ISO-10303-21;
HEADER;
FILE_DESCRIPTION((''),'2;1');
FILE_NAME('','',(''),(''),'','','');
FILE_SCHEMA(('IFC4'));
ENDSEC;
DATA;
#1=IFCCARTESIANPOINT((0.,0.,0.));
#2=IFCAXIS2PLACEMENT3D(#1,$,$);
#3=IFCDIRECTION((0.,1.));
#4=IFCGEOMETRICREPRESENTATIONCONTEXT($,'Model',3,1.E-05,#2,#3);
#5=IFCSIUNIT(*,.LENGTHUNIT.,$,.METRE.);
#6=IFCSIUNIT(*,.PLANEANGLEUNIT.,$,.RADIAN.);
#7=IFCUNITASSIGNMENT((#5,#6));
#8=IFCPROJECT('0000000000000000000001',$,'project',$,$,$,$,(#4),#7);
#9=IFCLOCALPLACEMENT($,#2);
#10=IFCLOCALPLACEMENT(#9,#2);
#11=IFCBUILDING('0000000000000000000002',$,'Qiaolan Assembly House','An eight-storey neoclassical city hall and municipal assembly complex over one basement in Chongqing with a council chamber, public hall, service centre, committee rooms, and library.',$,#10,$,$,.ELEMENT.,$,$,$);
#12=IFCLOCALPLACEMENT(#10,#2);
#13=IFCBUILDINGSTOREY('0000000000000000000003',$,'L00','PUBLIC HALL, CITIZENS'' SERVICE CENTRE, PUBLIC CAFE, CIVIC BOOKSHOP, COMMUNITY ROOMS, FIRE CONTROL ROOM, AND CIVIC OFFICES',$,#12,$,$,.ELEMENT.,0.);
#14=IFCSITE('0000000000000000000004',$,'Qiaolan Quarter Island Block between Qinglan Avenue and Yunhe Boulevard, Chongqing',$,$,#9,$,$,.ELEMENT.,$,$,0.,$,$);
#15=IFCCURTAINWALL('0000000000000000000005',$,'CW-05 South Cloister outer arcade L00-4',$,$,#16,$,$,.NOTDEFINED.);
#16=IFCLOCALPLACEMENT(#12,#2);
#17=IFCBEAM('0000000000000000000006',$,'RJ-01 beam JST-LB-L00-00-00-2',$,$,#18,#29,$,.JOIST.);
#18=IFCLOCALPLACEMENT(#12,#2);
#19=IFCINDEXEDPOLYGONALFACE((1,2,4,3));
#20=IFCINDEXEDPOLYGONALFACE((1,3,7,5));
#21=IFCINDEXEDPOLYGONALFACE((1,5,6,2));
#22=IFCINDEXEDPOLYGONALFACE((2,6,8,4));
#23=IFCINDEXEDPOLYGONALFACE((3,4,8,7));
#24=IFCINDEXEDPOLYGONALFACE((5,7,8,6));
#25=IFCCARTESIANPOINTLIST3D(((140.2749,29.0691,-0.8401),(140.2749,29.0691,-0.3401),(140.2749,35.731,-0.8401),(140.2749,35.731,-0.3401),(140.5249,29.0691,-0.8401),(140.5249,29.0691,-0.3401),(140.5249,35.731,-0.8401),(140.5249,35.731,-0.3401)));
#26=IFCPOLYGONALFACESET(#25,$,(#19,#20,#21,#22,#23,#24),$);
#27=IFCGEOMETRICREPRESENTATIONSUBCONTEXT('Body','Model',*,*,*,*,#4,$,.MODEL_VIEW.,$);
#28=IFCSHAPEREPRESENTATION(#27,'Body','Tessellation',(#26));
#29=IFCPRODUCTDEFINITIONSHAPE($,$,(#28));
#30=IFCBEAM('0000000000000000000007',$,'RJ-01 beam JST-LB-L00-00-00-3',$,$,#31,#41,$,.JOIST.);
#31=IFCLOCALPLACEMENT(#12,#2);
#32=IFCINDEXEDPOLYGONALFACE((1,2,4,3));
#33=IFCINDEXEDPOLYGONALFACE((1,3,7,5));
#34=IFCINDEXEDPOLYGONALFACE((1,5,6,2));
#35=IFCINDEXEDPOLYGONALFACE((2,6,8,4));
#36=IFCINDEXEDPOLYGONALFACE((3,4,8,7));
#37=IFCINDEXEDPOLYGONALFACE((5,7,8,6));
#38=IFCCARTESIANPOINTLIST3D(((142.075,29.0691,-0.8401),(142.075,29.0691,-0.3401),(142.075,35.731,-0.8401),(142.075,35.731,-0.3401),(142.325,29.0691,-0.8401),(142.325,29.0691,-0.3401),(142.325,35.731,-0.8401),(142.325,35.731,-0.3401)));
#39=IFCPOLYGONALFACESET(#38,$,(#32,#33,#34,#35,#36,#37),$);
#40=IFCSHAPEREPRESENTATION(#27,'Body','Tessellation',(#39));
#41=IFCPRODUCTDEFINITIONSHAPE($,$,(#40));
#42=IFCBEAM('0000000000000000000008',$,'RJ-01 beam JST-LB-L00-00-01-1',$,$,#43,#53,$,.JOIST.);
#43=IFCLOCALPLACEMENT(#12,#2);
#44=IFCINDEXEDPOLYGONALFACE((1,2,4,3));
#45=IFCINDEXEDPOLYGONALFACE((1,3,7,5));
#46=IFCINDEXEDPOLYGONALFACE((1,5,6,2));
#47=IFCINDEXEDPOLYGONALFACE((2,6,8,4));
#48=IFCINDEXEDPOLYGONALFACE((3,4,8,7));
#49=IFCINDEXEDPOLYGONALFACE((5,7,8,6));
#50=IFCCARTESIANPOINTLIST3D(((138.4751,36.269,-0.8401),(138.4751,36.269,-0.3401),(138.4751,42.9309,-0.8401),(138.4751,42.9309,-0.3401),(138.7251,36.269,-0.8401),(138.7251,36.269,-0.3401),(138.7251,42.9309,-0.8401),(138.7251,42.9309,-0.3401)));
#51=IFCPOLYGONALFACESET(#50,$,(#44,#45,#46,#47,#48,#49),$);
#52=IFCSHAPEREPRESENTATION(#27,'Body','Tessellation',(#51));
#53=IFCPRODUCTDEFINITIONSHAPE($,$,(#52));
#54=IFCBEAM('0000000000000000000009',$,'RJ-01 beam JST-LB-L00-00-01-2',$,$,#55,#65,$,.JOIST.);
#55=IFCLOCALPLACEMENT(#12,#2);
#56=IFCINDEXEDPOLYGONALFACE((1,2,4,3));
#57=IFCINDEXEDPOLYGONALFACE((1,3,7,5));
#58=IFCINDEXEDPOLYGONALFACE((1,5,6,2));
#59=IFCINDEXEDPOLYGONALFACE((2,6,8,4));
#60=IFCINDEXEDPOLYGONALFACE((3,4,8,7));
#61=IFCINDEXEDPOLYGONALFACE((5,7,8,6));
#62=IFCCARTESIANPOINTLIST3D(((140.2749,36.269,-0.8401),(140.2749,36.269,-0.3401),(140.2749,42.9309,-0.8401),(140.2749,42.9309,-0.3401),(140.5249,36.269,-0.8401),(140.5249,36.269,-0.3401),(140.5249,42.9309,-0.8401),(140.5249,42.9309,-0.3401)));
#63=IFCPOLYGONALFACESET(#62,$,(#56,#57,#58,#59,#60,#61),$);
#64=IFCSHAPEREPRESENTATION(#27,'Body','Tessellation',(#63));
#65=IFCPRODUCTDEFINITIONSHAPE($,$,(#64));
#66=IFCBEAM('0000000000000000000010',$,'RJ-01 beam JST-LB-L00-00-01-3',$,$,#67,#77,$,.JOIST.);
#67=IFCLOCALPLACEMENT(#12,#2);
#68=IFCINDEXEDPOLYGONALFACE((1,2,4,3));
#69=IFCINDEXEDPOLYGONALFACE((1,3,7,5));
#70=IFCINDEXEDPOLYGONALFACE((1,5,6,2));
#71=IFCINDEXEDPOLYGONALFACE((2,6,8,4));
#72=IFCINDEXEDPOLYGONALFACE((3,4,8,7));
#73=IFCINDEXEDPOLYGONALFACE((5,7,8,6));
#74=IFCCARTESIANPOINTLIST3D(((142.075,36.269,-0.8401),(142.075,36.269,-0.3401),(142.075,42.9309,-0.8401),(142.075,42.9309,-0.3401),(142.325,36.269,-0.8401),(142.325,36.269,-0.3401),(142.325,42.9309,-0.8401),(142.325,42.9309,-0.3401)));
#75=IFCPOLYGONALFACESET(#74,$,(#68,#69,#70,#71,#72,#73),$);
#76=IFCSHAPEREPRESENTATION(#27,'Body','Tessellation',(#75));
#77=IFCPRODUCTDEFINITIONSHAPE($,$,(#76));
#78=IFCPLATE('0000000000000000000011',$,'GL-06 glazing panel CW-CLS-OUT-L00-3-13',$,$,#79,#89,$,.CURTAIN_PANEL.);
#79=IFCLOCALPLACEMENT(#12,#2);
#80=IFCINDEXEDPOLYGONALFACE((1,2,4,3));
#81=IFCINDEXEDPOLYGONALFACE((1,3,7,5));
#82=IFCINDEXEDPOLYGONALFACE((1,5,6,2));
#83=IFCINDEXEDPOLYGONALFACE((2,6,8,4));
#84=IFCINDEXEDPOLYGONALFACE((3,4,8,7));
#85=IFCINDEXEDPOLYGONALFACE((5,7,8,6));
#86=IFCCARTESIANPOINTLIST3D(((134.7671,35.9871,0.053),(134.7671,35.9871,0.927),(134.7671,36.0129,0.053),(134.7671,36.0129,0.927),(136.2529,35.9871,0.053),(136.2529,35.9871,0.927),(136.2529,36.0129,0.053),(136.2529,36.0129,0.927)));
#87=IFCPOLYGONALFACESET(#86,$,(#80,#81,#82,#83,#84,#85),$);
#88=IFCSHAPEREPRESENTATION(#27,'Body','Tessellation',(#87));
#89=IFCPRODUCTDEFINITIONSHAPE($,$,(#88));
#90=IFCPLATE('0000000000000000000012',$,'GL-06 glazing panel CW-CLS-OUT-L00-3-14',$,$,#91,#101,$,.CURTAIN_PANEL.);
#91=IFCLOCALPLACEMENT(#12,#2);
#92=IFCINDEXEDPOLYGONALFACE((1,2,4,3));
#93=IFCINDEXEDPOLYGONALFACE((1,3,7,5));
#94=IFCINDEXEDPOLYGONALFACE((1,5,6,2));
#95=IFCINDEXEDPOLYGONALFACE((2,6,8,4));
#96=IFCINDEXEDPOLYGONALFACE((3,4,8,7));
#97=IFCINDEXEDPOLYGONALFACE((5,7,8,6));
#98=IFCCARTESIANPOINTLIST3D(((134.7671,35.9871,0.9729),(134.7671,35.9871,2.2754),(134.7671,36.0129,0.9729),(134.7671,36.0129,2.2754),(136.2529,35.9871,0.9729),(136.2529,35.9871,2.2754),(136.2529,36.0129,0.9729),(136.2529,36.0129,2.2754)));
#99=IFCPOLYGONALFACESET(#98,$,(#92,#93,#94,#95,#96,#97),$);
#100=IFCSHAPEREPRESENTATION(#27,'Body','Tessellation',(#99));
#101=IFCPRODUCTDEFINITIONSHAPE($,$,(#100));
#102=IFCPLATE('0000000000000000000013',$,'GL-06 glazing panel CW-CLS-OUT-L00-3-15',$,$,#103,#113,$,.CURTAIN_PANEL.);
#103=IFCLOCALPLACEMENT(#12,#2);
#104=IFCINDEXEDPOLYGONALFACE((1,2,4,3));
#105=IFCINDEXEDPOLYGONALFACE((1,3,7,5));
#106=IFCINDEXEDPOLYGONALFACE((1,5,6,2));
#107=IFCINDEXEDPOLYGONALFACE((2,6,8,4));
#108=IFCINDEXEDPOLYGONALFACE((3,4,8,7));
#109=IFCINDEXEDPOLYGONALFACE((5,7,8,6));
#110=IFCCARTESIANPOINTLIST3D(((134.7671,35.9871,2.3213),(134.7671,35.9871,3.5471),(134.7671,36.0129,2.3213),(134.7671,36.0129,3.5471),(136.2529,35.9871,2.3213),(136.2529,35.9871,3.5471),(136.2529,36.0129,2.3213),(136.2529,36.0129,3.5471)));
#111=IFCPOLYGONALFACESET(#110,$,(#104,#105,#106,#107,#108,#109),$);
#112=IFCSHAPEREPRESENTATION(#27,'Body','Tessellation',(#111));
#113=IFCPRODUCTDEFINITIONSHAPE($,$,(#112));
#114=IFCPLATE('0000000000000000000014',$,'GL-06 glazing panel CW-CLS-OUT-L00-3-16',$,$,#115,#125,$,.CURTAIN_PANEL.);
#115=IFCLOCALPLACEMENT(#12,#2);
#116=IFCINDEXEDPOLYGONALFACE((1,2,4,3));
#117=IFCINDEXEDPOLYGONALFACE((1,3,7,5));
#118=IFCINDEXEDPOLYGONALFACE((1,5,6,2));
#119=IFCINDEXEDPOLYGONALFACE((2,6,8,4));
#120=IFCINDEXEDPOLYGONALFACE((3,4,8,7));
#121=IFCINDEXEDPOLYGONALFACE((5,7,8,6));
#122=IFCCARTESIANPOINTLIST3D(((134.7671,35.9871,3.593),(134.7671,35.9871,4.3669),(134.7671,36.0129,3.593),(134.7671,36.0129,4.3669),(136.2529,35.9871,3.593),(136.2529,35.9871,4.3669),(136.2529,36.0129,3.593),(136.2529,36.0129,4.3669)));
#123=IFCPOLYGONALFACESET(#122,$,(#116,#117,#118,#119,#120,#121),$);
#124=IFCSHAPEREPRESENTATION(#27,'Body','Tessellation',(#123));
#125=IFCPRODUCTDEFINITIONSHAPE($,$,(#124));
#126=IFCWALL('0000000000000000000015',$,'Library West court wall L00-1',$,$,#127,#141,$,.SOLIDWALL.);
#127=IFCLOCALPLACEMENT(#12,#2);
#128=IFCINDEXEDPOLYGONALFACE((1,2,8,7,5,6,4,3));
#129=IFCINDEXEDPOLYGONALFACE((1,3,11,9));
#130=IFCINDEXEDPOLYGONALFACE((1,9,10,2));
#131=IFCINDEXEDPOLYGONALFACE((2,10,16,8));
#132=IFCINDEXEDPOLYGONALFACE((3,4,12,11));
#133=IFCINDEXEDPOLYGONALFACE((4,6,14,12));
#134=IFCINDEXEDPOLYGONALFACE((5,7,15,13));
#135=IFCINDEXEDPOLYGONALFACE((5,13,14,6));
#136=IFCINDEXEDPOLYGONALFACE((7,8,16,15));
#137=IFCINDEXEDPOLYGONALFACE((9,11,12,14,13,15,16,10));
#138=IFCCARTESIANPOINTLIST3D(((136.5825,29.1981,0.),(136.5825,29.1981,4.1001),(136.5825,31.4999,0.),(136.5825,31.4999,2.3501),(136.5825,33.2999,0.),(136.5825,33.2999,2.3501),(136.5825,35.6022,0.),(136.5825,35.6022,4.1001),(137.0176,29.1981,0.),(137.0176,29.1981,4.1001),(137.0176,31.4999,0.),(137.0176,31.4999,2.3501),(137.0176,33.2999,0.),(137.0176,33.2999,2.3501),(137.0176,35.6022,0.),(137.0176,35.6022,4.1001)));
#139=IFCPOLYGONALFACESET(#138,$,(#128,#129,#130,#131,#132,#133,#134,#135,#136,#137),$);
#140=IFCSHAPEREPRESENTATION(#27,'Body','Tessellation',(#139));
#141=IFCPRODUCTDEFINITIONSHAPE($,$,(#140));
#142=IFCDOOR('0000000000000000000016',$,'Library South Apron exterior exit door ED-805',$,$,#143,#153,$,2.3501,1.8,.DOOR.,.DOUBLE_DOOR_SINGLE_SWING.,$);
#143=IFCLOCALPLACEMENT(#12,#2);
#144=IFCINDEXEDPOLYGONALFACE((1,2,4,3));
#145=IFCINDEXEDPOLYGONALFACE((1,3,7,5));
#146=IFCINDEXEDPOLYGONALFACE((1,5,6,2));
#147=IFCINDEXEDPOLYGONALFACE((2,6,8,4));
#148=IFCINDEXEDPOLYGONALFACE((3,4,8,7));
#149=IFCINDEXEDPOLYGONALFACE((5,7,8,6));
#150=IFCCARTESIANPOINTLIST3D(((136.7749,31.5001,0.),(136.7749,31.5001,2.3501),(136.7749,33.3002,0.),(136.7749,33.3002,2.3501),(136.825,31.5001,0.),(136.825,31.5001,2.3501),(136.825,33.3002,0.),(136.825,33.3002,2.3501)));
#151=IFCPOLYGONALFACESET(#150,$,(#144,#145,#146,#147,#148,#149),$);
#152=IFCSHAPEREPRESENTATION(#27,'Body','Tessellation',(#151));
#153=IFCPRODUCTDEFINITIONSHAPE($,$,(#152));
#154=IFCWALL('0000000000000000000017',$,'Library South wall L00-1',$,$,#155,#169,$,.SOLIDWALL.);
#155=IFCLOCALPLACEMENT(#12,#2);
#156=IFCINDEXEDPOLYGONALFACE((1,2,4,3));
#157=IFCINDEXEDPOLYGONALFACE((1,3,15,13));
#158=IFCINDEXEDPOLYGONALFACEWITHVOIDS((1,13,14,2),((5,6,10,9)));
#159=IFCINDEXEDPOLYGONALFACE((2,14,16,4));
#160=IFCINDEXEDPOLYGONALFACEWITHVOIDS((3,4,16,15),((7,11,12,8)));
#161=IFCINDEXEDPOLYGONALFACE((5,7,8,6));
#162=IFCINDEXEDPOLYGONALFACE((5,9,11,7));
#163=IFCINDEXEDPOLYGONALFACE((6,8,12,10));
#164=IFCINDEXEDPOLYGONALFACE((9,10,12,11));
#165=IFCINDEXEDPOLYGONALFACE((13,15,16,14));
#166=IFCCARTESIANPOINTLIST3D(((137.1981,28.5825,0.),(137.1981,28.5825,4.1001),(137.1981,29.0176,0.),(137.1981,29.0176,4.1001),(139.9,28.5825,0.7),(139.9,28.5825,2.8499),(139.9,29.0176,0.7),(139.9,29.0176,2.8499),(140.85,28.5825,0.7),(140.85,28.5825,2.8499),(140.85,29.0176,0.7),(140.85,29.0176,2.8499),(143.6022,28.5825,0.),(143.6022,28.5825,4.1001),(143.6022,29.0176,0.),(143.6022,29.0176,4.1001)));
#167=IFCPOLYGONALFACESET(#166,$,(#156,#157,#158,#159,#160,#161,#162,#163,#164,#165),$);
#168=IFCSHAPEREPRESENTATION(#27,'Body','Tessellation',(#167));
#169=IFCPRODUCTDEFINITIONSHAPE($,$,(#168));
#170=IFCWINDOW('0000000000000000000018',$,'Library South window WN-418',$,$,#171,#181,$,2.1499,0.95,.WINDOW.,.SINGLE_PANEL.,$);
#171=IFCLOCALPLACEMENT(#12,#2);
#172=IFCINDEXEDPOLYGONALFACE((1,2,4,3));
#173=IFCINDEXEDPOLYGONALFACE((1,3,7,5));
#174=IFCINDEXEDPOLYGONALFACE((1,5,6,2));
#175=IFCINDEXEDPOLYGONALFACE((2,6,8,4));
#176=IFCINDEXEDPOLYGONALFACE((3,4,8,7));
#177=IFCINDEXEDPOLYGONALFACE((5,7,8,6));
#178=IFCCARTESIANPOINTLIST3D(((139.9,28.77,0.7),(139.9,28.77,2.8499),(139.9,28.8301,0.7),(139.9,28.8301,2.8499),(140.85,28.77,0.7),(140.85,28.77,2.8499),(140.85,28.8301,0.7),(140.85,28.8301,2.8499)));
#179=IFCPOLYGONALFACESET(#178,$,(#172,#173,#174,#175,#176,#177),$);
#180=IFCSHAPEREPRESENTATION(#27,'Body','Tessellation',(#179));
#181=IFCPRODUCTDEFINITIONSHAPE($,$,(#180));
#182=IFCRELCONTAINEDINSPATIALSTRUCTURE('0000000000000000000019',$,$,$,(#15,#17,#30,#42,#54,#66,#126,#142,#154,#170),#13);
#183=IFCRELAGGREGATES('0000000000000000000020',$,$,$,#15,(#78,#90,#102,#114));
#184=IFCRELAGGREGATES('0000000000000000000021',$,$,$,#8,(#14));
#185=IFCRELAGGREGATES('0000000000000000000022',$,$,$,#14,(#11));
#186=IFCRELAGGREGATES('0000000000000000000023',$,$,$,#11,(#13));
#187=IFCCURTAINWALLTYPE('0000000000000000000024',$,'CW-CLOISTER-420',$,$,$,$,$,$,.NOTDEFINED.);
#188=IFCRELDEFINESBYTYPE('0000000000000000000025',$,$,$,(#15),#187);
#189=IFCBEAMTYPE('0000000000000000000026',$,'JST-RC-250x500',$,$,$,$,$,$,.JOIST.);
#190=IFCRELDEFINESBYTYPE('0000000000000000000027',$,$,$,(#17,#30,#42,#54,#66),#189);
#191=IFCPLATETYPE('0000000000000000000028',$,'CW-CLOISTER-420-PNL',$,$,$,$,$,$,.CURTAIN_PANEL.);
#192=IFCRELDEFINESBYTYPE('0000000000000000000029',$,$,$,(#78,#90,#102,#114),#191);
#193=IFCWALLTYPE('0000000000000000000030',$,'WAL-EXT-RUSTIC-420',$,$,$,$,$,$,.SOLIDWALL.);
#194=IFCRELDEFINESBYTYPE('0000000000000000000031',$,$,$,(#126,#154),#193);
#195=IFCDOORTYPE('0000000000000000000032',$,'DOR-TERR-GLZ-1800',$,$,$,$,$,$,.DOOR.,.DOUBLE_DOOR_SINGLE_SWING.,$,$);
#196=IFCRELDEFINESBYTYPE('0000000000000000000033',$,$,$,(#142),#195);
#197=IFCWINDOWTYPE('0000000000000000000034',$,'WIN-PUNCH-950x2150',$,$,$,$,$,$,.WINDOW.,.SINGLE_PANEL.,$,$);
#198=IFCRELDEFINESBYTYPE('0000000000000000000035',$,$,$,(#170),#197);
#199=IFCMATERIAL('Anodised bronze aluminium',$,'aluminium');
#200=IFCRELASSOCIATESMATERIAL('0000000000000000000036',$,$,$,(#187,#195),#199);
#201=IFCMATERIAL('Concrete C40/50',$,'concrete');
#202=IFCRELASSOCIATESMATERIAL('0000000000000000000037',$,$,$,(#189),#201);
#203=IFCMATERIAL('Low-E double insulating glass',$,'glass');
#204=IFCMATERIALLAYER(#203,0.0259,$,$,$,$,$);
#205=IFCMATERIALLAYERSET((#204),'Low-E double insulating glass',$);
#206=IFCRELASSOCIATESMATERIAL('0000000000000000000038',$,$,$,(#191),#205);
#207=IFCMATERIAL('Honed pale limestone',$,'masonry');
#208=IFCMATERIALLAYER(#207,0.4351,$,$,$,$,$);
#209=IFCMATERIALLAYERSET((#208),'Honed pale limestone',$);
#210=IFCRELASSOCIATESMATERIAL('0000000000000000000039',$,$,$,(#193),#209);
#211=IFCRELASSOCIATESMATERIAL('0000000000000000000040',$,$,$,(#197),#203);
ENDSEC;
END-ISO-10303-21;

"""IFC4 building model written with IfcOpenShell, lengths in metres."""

from ifc_helpers import new_model, si_unit, direction, frame, frame_2d, origin, origin_2d, place, context, subcontext, project, spatial, rectangle, extrude, material, layer, layer_set, material_profile, profile_set, type_object, element, fill, aggregate, save


model = new_model("IFC4")

# Units and contexts
model_context = context("Model", 3, precision=1e-05, world=origin(), true_north=direction((0.0, 1.0)))
body_context = subcontext(model_context, "Body", "Model", "MODEL_VIEW")
ifc_project = project(units=[si_unit("LENGTHUNIT", "METRE"), si_unit("PLANEANGLEUNIT", "RADIAN")], contexts=[model_context])

# Site, building, storey
site_placement = place(None, origin())
site = spatial("IfcSite", under=ifc_project, at=site_placement, Name="Qiaolan Quarter Island Block between Qinglan Avenue and Yunhe Boulevard, Chongqing", CompositionType="ELEMENT", RefElevation=0.0)
building_placement = place(site_placement, origin())
building = spatial("IfcBuilding", under=site, at=building_placement, Name="Qiaolan Assembly House", Description="An eight-storey neoclassical city hall and municipal assembly complex over one basement in Chongqing with a council chamber, public hall, service centre, committee rooms, and library.", CompositionType="ELEMENT")
storey_placement = place(building_placement, origin())
storey = spatial("IfcBuildingStorey", under=building, at=storey_placement, Name="L00", Description="PUBLIC HALL, CITIZENS' SERVICE CENTRE, PUBLIC CAFE, CIVIC BOOKSHOP, COMMUNITY ROOMS, FIRE CONTROL ROOM, AND CIVIC OFFICES", CompositionType="ELEMENT", Elevation=0.0)

# Shared definitions
ifc_material_1 = material(Name="Concrete C40/50", Category="concrete")

# Curtain wall
ifc_material_2 = material(Name="Anodised bronze aluminium", Category="aluminium")
curtain_wall_type = type_object("IfcCurtainWallType", Name="CW-CLOISTER-420", PredefinedType="NOTDEFINED", material=ifc_material_2)
curtain_wall_placement = place(storey_placement, origin())
curtain_wall = element("IfcCurtainWall", 1, at=curtain_wall_placement, inside=storey, type_object=curtain_wall_type, Name="CW-05 South Cloister outer arcade L00-4", PredefinedType="NOTDEFINED")

# Beams
ifc_material_profile_1 = material_profile(ifc_material_1, rectangle(XDim=0.25, YDim=0.5, at=origin_2d()), Name="RCB 250x500")
ifc_profile_set_1 = profile_set([ifc_material_profile_1], Name="Concrete C40/50")
beam_type_1 = type_object("IfcBeamType", Name="JST-RC-250x500", PredefinedType="JOIST", material=ifc_profile_set_1)
for number, where, z_axis, x_axis, name in (
    (2, (140.3999, 29.0691, -0.5901), (0.0, 1.0, 0.0), (-1.0, 0.0, 0.0), "RJ-01 beam JST-LB-L00-00-00-2"),
    (3, (142.2, 29.0691, -0.5901), (0.0, 1.0, 0.0), (-1.0, 0.0, 0.0), "RJ-01 beam JST-LB-L00-00-00-3"),
    (4, (138.6001, 36.269, -0.5901), (0.0, 1.0, 0.0), (-1.0, 0.0, 0.0), "RJ-01 beam JST-LB-L00-00-01-1"),
    (5, (140.3999, 36.269, -0.5901), (0.0, 1.0, 0.0), (-1.0, 0.0, 0.0), "RJ-01 beam JST-LB-L00-00-01-2"),
    (6, (142.2, 36.269, -0.5901), (0.0, 1.0, 0.0), (-1.0, 0.0, 0.0), "RJ-01 beam JST-LB-L00-00-01-3"),
):
    element("IfcBeam", number, at=place(storey_placement, frame(where, z_axis=z_axis, x_axis=x_axis)), inside=storey, type_object=beam_type_1, Name=name, PredefinedType="JOIST", context=body_context, shape_type="SweptSolid", body=[
        extrude(rectangle(XDim=0.25, YDim=0.5, at=origin_2d()), origin(), (0.0, 0.0, 1.0), 6.6619),
    ])

# Plates
ifc_material_3 = material(Name="Low-E double insulating glass", Category="glass")
ifc_layer_1 = layer(ifc_material_3, 0.0259)
ifc_layer_set_1 = layer_set([ifc_layer_1], Name="Low-E double insulating glass")
plate_type = type_object("IfcPlateType", Name="CW-CLOISTER-420-PNL", PredefinedType="CURTAIN_PANEL", material=ifc_layer_set_1)
plate_1_placement = place(storey_placement, frame((134.7671, 36.0, 0.053), z_axis=(0.0, 0.0, 1.0), x_axis=(1.0, 0.0, 0.0)))
plate_1 = element("IfcPlate", 7, at=plate_1_placement, type_object=plate_type, Name="GL-06 glazing panel CW-CLS-OUT-L00-3-13", PredefinedType="CURTAIN_PANEL", context=body_context, shape_type="SweptSolid", body=[
    extrude(rectangle(XDim=1.4858, YDim=0.0259, at=frame_2d((0.7429, 0.0))), origin(), (0.0, 0.0, 1.0), 0.874),
])
plate_2_placement = place(storey_placement, frame((134.7671, 36.0, 0.9729), z_axis=(0.0, 0.0, 1.0), x_axis=(1.0, 0.0, 0.0)))
plate_2 = element("IfcPlate", 8, at=plate_2_placement, type_object=plate_type, Name="GL-06 glazing panel CW-CLS-OUT-L00-3-14", PredefinedType="CURTAIN_PANEL", context=body_context, shape_type="SweptSolid", body=[
    extrude(rectangle(XDim=1.4858, YDim=0.0259, at=frame_2d((0.7429, 0.0))), origin(), (0.0, 0.0, 1.0), 1.3025),
])
plate_3_placement = place(storey_placement, frame((134.7671, 36.0, 2.3213), z_axis=(0.0, 0.0, 1.0), x_axis=(1.0, 0.0, 0.0)))
plate_3 = element("IfcPlate", 9, at=plate_3_placement, type_object=plate_type, Name="GL-06 glazing panel CW-CLS-OUT-L00-3-15", PredefinedType="CURTAIN_PANEL", context=body_context, shape_type="SweptSolid", body=[
    extrude(rectangle(XDim=1.4858, YDim=0.0259, at=frame_2d((0.7429, 0.0))), origin(), (0.0, 0.0, 1.0), 1.2258),
])
plate_4_placement = place(storey_placement, frame((134.7671, 36.0, 3.593), z_axis=(0.0, 0.0, 1.0), x_axis=(1.0, 0.0, 0.0)))
plate_4 = element("IfcPlate", 10, at=plate_4_placement, type_object=plate_type, Name="GL-06 glazing panel CW-CLS-OUT-L00-3-16", PredefinedType="CURTAIN_PANEL", context=body_context, shape_type="SweptSolid", body=[
    extrude(rectangle(XDim=1.4858, YDim=0.0259, at=frame_2d((0.7429, 0.0))), origin(), (0.0, 0.0, 1.0), 0.7739),
])
aggregate(curtain_wall, [plate_1, plate_2, plate_3, plate_4])

# Wall, opening, door
ifc_material_4 = material(Name="Honed pale limestone", Category="masonry")
ifc_layer_2 = layer(ifc_material_4, 0.4351)
ifc_layer_set_2 = layer_set([ifc_layer_2], Name="Honed pale limestone")
wall_type = type_object("IfcWallType", Name="WAL-EXT-RUSTIC-420", PredefinedType="SOLIDWALL", material=ifc_layer_set_2)
wall_1_placement = place(storey_placement, frame((136.8, 29.198, 0.0), z_axis=(0.0, 0.0, 1.0), x_axis=(0.0, 1.0, 0.0)))
wall_1 = element("IfcWall", 11, at=wall_1_placement, inside=storey, type_object=wall_type, Name="Library West court wall L00-1", PredefinedType="SOLIDWALL", context=body_context, shape_type="SweptSolid", body=[
    extrude(rectangle(XDim=6.4041, YDim=0.4351, at=frame_2d((3.2021, 0.0))), origin(), (0.0, 0.0, 1.0), 4.1001),
])
opening_1_placement = place(wall_1_placement, frame((2.302, 0.0, 0.0)))
opening_1 = element("IfcOpeningElement", 12, at=opening_1_placement, cuts=wall_1, PredefinedType="OPENING", context=body_context, shape_type="SweptSolid", body=[
    extrude(rectangle(XDim=1.8, YDim=2.3501, at=frame_2d((0.8999, 1.175))), frame((0.0, 0.2275, 0.0), z_axis=(0.0, -1.0, 0.0), x_axis=(1.0, 0.0, 0.0)), (0.0, 0.0, 1.0), 0.4551),
])
door_type = type_object("IfcDoorType", Name="DOR-TERR-GLZ-1800", OperationType="DOUBLE_DOOR_SINGLE_SWING", PredefinedType="DOOR", material=ifc_material_2)
door_placement = place(opening_1_placement, frame((1.8, 0.0, 0.0), z_axis=(0.0, 0.0, 1.0), x_axis=(-1.0, 0.0, 0.0)))
door = element("IfcDoor", 13, at=door_placement, inside=storey, type_object=door_type, Name="Library South Apron exterior exit door ED-805", OperationType="DOUBLE_DOOR_SINGLE_SWING", OverallHeight=2.3501, OverallWidth=1.8, PredefinedType="DOOR", context=body_context, shape_type="SweptSolid", body=[
    extrude(rectangle(XDim=1.8, YDim=2.3501, at=frame_2d((0.8999, 1.175))), frame((0.0, 0.0249, 0.0), z_axis=(0.0, -1.0, 0.0), x_axis=(1.0, 0.0, 0.0)), (0.0, 0.0, 1.0), 0.05),
])
fill(opening_1, door)

# Wall, opening, window
wall_2_placement = place(storey_placement, frame((137.198, 28.8, 0.0), z_axis=(0.0, 0.0, 1.0), x_axis=(1.0, 0.0, 0.0)))
wall_2 = element("IfcWall", 14, at=wall_2_placement, inside=storey, type_object=wall_type, Name="Library South wall L00-1", PredefinedType="SOLIDWALL", context=body_context, shape_type="SweptSolid", body=[
    extrude(rectangle(XDim=6.4041, YDim=0.4351, at=frame_2d((3.2021, 0.0))), origin(), (0.0, 0.0, 1.0), 4.1001),
])
opening_2_placement = place(wall_2_placement, frame((2.7019, 0.0, 0.7)))
opening_2 = element("IfcOpeningElement", 15, at=opening_2_placement, cuts=wall_2, PredefinedType="OPENING", context=body_context, shape_type="SweptSolid", body=[
    extrude(rectangle(XDim=0.95, YDim=2.1499, at=frame_2d((0.4751, 1.075))), frame((0.0, 0.2275, 0.0), z_axis=(0.0, -1.0, 0.0), x_axis=(1.0, 0.0, 0.0)), (0.0, 0.0, 1.0), 0.4551),
])
window_type = type_object("IfcWindowType", Name="WIN-PUNCH-950x2150", PartitioningType="SINGLE_PANEL", PredefinedType="WINDOW", material=ifc_material_3)
window_placement = place(opening_2_placement, origin())
window = element("IfcWindow", 16, at=window_placement, inside=storey, type_object=window_type, Name="Library South window WN-418", OverallHeight=2.1499, OverallWidth=0.95, PartitioningType="SINGLE_PANEL", PredefinedType="WINDOW", context=body_context, shape_type="SweptSolid", body=[
    extrude(rectangle(XDim=0.95, YDim=2.1499, at=frame_2d((0.4751, 1.075))), frame((0.0, 0.03, 0.0), z_axis=(0.0, -1.0, 0.0), x_axis=(1.0, 0.0, 0.0)), (0.0, 0.0, 1.0), 0.0601),
])
fill(opening_2, window)

save(model, "model.ifc")
